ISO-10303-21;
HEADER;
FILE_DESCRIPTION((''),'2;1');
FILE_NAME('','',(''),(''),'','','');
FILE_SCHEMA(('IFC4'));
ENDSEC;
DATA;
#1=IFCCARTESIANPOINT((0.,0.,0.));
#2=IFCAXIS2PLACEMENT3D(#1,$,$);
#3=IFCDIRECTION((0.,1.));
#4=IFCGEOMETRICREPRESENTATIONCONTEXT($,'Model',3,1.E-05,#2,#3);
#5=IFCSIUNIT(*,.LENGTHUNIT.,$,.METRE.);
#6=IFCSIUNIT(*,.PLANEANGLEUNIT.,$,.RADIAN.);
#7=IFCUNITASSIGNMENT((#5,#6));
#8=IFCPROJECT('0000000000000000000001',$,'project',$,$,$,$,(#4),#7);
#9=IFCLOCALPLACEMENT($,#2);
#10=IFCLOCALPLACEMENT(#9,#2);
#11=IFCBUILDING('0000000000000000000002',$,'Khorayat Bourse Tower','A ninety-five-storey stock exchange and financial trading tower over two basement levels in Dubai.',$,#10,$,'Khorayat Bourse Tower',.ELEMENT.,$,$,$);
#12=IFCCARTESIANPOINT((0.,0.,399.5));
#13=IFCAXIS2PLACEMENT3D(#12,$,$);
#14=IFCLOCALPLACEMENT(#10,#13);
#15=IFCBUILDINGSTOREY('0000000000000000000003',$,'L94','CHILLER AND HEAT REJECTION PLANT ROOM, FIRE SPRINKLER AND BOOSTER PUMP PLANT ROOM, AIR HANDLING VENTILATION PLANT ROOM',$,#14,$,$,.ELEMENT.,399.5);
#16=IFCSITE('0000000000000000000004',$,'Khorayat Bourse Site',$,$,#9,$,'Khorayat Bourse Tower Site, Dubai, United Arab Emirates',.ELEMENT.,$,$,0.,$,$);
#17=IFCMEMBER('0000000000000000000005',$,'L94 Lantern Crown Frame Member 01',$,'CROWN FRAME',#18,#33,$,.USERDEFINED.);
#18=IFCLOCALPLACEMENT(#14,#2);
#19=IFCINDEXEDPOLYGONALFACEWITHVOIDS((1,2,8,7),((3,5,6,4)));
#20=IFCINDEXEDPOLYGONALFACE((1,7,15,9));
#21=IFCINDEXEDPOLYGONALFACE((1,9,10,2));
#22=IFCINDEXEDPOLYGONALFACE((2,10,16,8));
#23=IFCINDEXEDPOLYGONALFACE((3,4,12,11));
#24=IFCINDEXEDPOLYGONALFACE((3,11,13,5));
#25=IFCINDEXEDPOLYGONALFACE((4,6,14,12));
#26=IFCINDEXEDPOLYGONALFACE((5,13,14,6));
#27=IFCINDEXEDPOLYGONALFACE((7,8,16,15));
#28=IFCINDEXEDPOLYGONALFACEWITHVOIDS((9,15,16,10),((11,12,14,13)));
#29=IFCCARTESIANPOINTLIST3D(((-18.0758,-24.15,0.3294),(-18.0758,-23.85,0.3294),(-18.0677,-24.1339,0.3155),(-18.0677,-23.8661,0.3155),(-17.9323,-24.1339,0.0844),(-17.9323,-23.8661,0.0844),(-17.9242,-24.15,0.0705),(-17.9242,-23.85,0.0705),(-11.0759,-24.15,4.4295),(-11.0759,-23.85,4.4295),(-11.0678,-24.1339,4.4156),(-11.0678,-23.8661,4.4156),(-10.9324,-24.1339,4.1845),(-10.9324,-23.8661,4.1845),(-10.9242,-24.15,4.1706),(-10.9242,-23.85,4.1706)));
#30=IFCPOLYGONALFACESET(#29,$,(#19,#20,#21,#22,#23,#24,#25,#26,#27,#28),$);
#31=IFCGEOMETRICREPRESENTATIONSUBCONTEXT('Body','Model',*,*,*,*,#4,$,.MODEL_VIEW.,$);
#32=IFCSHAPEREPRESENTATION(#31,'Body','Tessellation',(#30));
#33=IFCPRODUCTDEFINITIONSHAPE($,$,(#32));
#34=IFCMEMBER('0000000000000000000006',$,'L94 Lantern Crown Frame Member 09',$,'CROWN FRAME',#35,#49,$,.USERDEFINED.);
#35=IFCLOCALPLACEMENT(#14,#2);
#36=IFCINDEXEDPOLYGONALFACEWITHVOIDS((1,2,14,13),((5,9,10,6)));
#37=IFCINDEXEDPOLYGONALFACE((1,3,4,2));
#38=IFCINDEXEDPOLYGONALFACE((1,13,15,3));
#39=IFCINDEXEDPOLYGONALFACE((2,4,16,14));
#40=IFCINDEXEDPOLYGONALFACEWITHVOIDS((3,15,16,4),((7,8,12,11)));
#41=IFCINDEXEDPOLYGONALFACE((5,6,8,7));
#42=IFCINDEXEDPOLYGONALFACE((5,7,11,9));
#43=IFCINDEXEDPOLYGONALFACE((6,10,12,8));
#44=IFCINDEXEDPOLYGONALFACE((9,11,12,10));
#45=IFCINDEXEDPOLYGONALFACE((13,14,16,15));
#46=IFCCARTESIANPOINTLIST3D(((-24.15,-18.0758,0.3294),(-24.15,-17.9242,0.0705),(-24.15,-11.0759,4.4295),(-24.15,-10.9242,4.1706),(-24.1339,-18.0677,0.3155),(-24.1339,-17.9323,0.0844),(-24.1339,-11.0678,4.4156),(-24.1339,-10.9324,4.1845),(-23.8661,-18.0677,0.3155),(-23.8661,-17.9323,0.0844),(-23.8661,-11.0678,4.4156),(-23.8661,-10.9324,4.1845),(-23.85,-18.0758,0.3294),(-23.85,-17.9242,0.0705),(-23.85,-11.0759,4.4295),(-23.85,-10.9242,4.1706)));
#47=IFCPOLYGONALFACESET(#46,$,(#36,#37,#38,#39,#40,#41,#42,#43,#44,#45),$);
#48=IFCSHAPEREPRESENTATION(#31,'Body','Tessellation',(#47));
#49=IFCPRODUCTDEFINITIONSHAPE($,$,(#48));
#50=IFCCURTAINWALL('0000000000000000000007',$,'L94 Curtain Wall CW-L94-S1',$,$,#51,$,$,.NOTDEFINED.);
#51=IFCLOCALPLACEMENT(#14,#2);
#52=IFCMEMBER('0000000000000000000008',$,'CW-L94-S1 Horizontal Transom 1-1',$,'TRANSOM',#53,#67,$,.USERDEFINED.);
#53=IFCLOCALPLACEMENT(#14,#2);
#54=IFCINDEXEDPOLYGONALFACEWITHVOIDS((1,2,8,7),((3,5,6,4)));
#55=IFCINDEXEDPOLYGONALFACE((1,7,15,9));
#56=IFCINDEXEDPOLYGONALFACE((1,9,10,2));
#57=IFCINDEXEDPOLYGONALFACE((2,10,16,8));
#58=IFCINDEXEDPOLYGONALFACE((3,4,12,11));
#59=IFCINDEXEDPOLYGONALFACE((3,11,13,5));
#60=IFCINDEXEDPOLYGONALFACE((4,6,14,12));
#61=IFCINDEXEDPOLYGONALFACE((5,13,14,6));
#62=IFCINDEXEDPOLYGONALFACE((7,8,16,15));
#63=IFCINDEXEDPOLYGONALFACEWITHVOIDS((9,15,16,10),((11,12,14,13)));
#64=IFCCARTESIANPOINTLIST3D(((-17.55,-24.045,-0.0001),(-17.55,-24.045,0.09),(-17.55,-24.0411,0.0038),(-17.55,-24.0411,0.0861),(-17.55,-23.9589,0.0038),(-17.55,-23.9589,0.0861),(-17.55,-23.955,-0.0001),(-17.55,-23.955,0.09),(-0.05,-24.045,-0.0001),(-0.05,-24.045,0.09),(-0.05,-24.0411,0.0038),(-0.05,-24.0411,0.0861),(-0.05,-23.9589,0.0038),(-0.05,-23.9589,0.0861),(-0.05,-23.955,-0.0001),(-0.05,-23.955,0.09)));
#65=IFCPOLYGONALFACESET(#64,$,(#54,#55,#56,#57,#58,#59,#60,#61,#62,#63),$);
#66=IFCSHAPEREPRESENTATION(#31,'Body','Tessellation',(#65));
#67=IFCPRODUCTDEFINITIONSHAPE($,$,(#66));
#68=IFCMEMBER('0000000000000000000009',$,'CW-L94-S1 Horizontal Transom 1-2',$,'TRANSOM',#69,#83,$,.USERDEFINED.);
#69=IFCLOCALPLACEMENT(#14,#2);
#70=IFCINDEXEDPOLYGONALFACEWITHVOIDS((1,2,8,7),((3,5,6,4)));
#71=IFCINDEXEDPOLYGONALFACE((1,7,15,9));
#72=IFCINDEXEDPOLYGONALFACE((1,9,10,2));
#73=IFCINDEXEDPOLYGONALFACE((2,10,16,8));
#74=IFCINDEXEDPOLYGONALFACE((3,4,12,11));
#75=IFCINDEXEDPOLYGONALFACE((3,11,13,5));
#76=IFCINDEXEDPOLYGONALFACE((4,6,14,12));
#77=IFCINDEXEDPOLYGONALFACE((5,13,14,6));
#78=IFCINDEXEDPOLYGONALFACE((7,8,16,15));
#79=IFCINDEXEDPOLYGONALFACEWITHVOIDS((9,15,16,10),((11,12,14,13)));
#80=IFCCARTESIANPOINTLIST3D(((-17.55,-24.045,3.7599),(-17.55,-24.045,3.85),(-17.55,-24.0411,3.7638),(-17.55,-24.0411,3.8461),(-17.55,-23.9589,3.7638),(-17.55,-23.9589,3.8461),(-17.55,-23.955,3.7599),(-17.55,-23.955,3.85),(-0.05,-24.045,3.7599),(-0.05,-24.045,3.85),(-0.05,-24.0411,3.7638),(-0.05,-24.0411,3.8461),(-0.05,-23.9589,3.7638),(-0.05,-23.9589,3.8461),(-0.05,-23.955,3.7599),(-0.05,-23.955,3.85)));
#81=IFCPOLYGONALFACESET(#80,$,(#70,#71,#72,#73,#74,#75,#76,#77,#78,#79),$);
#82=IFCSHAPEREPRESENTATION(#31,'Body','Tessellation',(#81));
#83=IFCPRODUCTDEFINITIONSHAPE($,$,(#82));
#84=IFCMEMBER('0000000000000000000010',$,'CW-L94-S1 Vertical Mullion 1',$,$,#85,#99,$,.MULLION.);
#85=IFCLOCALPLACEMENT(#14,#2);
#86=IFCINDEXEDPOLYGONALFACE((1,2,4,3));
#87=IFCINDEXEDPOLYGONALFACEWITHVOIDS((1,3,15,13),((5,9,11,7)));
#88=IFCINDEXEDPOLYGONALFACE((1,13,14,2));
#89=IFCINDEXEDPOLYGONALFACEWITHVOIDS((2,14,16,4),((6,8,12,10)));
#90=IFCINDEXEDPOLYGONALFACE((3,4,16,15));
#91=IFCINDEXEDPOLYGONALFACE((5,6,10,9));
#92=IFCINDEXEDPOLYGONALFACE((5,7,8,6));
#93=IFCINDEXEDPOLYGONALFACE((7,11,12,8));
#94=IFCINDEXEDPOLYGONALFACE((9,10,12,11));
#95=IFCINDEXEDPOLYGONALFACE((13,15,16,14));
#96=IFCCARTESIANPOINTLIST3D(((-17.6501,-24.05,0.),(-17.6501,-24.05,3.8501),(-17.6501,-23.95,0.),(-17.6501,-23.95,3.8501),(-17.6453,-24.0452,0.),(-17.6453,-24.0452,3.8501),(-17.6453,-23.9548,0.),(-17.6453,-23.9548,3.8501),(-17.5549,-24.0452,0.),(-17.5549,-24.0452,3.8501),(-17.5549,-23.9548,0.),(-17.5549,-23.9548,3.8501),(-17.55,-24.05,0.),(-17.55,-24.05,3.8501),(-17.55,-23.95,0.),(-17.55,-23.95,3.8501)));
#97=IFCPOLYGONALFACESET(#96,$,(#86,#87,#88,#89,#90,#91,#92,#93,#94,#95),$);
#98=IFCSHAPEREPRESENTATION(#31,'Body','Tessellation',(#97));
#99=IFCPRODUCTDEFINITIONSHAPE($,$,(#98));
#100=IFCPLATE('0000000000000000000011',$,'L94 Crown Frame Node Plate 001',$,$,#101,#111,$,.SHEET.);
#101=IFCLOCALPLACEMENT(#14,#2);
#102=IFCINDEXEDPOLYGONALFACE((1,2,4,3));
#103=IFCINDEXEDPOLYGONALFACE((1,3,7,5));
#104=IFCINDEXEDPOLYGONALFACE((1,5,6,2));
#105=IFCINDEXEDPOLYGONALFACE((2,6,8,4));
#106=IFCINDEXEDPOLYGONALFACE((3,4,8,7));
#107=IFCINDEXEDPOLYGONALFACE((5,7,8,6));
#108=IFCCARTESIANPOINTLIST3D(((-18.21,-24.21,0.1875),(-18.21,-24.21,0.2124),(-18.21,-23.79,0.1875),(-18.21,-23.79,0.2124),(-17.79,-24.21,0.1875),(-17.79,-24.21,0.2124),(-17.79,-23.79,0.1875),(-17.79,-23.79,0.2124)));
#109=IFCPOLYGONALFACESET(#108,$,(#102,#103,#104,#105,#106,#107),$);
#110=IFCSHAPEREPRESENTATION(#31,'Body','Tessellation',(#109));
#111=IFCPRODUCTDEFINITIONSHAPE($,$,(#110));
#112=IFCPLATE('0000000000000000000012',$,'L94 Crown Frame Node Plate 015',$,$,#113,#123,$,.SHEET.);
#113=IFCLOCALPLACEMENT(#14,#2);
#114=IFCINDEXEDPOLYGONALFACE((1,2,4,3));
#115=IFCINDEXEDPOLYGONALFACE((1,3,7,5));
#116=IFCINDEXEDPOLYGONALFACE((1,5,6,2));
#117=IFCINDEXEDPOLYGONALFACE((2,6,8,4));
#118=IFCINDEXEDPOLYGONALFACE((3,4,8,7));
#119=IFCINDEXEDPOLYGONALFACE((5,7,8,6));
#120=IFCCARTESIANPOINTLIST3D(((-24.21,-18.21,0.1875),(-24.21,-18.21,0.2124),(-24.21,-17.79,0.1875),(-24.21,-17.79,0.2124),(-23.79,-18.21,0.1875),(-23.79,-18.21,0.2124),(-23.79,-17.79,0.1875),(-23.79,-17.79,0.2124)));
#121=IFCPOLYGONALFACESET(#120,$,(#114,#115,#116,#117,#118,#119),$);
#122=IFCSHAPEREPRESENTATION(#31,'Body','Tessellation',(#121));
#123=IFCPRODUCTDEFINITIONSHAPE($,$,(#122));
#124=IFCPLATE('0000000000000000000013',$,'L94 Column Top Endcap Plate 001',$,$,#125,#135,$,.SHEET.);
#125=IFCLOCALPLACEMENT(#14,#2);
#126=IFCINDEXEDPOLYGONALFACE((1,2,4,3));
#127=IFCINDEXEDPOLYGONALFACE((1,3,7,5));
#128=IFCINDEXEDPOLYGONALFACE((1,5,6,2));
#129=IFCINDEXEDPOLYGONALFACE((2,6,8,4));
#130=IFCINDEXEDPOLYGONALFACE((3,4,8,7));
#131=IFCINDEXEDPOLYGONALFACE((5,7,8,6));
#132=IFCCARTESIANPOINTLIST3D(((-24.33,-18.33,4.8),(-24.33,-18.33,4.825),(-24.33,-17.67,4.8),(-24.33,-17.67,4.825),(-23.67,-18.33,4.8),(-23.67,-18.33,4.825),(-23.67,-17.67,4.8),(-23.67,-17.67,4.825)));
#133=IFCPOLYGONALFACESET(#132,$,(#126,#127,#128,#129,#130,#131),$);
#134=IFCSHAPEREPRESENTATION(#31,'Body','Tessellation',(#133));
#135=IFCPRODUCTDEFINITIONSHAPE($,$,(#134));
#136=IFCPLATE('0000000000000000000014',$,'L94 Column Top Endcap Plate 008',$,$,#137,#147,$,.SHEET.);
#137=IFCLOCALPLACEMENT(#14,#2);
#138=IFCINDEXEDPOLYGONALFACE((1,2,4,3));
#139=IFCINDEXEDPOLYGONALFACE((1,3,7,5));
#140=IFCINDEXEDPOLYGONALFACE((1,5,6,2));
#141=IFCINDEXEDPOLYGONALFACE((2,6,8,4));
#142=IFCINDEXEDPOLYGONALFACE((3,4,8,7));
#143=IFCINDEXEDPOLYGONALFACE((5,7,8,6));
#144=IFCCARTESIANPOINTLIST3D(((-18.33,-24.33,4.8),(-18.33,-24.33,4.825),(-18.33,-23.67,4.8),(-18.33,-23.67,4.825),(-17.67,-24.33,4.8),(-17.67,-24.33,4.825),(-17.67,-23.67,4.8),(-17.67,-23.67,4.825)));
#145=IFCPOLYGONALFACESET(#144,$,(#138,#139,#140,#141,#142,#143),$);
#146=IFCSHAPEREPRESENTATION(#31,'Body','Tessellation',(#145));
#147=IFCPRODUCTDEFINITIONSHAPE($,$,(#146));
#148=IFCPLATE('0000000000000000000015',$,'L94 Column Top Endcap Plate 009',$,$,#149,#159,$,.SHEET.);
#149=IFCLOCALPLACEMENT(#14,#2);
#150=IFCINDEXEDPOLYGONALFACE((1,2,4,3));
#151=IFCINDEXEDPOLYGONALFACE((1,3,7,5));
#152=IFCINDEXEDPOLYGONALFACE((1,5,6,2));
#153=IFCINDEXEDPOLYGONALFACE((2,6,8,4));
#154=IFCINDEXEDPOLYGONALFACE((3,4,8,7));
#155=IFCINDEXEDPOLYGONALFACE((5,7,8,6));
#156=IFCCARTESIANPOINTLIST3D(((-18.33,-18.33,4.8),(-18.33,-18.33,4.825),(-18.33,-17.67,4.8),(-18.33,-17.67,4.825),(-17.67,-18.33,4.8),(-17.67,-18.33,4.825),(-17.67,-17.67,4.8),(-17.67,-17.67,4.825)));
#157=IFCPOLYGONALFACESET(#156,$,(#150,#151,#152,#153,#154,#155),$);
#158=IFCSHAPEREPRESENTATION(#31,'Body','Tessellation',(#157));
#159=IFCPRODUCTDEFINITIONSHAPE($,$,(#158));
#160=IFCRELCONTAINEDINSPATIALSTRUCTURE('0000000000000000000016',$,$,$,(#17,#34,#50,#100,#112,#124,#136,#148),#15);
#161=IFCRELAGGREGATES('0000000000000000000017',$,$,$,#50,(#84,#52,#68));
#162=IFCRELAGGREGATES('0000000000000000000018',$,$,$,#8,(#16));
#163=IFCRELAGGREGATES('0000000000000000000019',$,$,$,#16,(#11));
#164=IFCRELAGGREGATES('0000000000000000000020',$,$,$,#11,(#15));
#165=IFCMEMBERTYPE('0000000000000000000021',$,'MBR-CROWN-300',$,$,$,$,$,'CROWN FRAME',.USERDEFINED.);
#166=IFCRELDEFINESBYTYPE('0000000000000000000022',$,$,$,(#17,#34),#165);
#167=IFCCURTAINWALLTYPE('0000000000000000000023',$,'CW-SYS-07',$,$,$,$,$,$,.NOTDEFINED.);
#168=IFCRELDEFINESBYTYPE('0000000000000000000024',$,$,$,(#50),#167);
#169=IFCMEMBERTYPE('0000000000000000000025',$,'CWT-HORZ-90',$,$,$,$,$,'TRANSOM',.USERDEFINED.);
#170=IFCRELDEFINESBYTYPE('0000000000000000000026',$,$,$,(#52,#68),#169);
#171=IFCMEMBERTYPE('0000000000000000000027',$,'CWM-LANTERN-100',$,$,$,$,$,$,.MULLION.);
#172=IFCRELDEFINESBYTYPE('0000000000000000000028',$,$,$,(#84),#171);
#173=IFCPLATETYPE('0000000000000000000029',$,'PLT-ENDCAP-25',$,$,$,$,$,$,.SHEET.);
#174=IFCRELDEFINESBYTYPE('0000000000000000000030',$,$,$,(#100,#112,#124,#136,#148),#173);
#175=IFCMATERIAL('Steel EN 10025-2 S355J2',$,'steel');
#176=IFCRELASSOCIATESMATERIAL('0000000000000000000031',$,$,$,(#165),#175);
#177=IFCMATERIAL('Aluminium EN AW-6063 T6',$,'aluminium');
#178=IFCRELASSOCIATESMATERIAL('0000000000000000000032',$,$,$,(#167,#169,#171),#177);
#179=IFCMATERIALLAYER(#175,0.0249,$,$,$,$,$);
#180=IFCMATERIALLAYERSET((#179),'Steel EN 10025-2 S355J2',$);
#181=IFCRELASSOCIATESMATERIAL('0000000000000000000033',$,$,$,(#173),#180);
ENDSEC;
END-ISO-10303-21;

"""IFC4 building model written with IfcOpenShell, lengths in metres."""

from ifc_helpers import new_model, si_unit, direction, frame, origin, origin_2d, place, context, subcontext, project, spatial, rectangle, hollow_rectangle, extrude, source, transform, mapped, material, layer, layer_set, material_profile, profile_set, type_object, element, aggregate, save


model = new_model("IFC4")

# Units and contexts
model_context = context("Model", 3, precision=1e-05, world=origin(), true_north=direction((0.0, 1.0)))
body_context = subcontext(model_context, "Body", "Model", "MODEL_VIEW")
ifc_project = project(units=[si_unit("LENGTHUNIT", "METRE"), si_unit("PLANEANGLEUNIT", "RADIAN")], contexts=[model_context])

# Site, building, storey
site_placement = place(None, origin())
site = spatial("IfcSite", under=ifc_project, at=site_placement, Name="Khorayat Bourse Site", LongName="Khorayat Bourse Tower Site, Dubai, United Arab Emirates", CompositionType="ELEMENT", RefElevation=0.0)
building_placement = place(site_placement, origin())
building = spatial("IfcBuilding", under=site, at=building_placement, Name="Khorayat Bourse Tower", Description="A ninety-five-storey stock exchange and financial trading tower over two basement levels in Dubai.", LongName="Khorayat Bourse Tower", CompositionType="ELEMENT")
storey_placement = place(building_placement, frame((0.0, 0.0, 399.5)))
storey = spatial("IfcBuildingStorey", under=building, at=storey_placement, Name="L94", Description="CHILLER AND HEAT REJECTION PLANT ROOM, FIRE SPRINKLER AND BOOSTER PUMP PLANT ROOM, AIR HANDLING VENTILATION PLANT ROOM", CompositionType="ELEMENT", Elevation=399.5)

# Shared definitions
ifc_material_1 = material(Name="Steel EN 10025-2 S355J2", Category="steel")

# Members
ifc_material_profile_1 = material_profile(ifc_material_1, hollow_rectangle(XDim=0.3, YDim=0.3, WallThickness=0.0161, at=origin_2d()), Name="HSS 300x300x16")
ifc_profile_set_1 = profile_set([ifc_material_profile_1], Name="Steel EN 10025-2 S355J2")
member_type_1 = type_object("IfcMemberType", Name="MBR-CROWN-300", ElementType="CROWN FRAME", PredefinedType="USERDEFINED", material=ifc_profile_set_1)
shared_shape_1 = source(origin(), body_context, "Body", "SweptSolid", [
    extrude(hollow_rectangle(XDim=0.3, YDim=0.3, WallThickness=0.0161, at=origin_2d()), origin(), (0.0, 0.0, 1.0), 8.1123),
])
for number, where, z_axis, x_axis, name in (
    (1, (-18.0, -24.0, 0.2), (0.862878, 0.0, 0.505412), (0.0, 1.0, 0.0), "L94 Lantern Crown Frame Member 01"),
    (2, (-24.0, -18.0, 0.2), (0.0, 0.862878, 0.505412), (-1.0, 0.0, 0.0), "L94 Lantern Crown Frame Member 09"),
):
    element("IfcMember", number, at=place(storey_placement, frame(where, z_axis=z_axis, x_axis=x_axis)), inside=storey, type_object=member_type_1, Name=name, ObjectType="CROWN FRAME", PredefinedType="USERDEFINED", context=body_context, shape_type="MappedRepresentation", body=[
        mapped(shared_shape_1, transform((0.0, 0.0, 0.0), scale=1.0)),
    ])

# Curtain wall, members
ifc_material_2 = material(Name="Aluminium EN AW-6063 T6", Category="aluminium")
curtain_wall_type = type_object("IfcCurtainWallType", Name="CW-SYS-07", PredefinedType="NOTDEFINED", material=ifc_material_2)
curtain_wall_placement = place(storey_placement, origin())
curtain_wall = element("IfcCurtainWall", 3, at=curtain_wall_placement, inside=storey, type_object=curtain_wall_type, Name="L94 Curtain Wall CW-L94-S1", PredefinedType="NOTDEFINED")
ifc_material_profile_2 = material_profile(ifc_material_2, hollow_rectangle(XDim=0.0901, YDim=0.0901, WallThickness=0.0039, at=origin_2d()), Name="ALU 90x90x4")
ifc_profile_set_2 = profile_set([ifc_material_profile_2], Name="Aluminium EN AW-6063 T6")
member_type_2 = type_object("IfcMemberType", Name="CWT-HORZ-90", ElementType="TRANSOM", PredefinedType="USERDEFINED", material=ifc_profile_set_2)
shared_shape_2 = source(origin(), body_context, "Body", "SweptSolid", [
    extrude(hollow_rectangle(XDim=0.0901, YDim=0.0901, WallThickness=0.0039, at=origin_2d()), origin(), (0.0, 0.0, 1.0), 17.5),
])
member_1_placement = place(storey_placement, frame((-17.55, -24.0, 0.0449), z_axis=(1.0, 0.0, 0.0), x_axis=(0.0, 1.0, 0.0)))
member_1 = element("IfcMember", 4, at=member_1_placement, type_object=member_type_2, Name="CW-L94-S1 Horizontal Transom 1-1", ObjectType="TRANSOM", PredefinedType="USERDEFINED", context=body_context, shape_type="MappedRepresentation", body=[
    mapped(shared_shape_2, transform((0.0, 0.0, 0.0), scale=1.0)),
])
member_2_placement = place(storey_placement, frame((-17.55, -24.0, 3.8049), z_axis=(1.0, 0.0, 0.0), x_axis=(0.0, 1.0, 0.0)))
member_2 = element("IfcMember", 5, at=member_2_placement, type_object=member_type_2, Name="CW-L94-S1 Horizontal Transom 1-2", ObjectType="TRANSOM", PredefinedType="USERDEFINED", context=body_context, shape_type="MappedRepresentation", body=[
    mapped(shared_shape_2, transform((0.0, 0.0, 0.0), scale=1.0)),
])
ifc_material_profile_3 = material_profile(ifc_material_2, hollow_rectangle(XDim=0.1001, YDim=0.1001, WallThickness=0.0049, at=origin_2d()), Name="ALU 100x100x5")
ifc_profile_set_3 = profile_set([ifc_material_profile_3], Name="Aluminium EN AW-6063 T6")
member_type_3 = type_object("IfcMemberType", Name="CWM-LANTERN-100", PredefinedType="MULLION", material=ifc_profile_set_3)
shared_shape_3 = source(origin(), body_context, "Body", "SweptSolid", [
    extrude(hollow_rectangle(XDim=0.1001, YDim=0.1001, WallThickness=0.0049, at=origin_2d()), origin(), (0.0, 0.0, 1.0), 3.8501),
])
member_3_placement = place(storey_placement, frame((-17.6001, -24.0, 0.0), z_axis=(0.0, 0.0, 1.0), x_axis=(0.0, 1.0, 0.0)))
member_3 = element("IfcMember", 6, at=member_3_placement, type_object=member_type_3, Name="CW-L94-S1 Vertical Mullion 1", PredefinedType="MULLION", context=body_context, shape_type="MappedRepresentation", body=[
    mapped(shared_shape_3, transform((0.0, 0.0, 0.0), scale=1.0)),
])
aggregate(curtain_wall, [member_3, member_1, member_2])

# Plates
ifc_layer_1 = layer(ifc_material_1, 0.0249)
ifc_layer_set_1 = layer_set([ifc_layer_1], Name="Steel EN 10025-2 S355J2")
plate_type = type_object("IfcPlateType", Name="PLT-ENDCAP-25", PredefinedType="SHEET", material=ifc_layer_set_1)
shared_shape_4 = source(origin(), body_context, "Body", "SweptSolid", [
    extrude(rectangle(XDim=0.4199, YDim=0.4199, at=origin_2d()), origin(), (0.0, 0.0, 1.0), 0.0249),
])
for number, where, z_axis, x_axis, name in (
    (7, (-18.0, -24.0, 0.1875), (0.0, 0.0, 1.0), (1.0, 0.0, 0.0), "L94 Crown Frame Node Plate 001"),
    (8, (-24.0, -18.0, 0.1875), (0.0, 0.0, 1.0), (1.0, 0.0, 0.0), "L94 Crown Frame Node Plate 015"),
):
    element("IfcPlate", number, at=place(storey_placement, frame(where, z_axis=z_axis, x_axis=x_axis)), inside=storey, type_object=plate_type, Name=name, PredefinedType="SHEET", context=body_context, shape_type="MappedRepresentation", body=[
        mapped(shared_shape_4, transform((0.0, 0.0, 0.0), scale=1.0)),
    ])
shared_shape_5 = source(origin(), body_context, "Body", "SweptSolid", [
    extrude(rectangle(XDim=0.6599, YDim=0.6599, at=origin_2d()), origin(), (0.0, 0.0, 1.0), 0.0249),
])
for number, where, z_axis, x_axis, name in (
    (9, (-24.0, -18.0, 4.8), (0.0, 0.0, 1.0), (1.0, 0.0, 0.0), "L94 Column Top Endcap Plate 001"),
    (10, (-18.0, -24.0, 4.8), (0.0, 0.0, 1.0), (1.0, 0.0, 0.0), "L94 Column Top Endcap Plate 008"),
    (11, (-18.0, -18.0, 4.8), (0.0, 0.0, 1.0), (1.0, 0.0, 0.0), "L94 Column Top Endcap Plate 009"),
):
    element("IfcPlate", number, at=place(storey_placement, frame(where, z_axis=z_axis, x_axis=x_axis)), inside=storey, type_object=plate_type, Name=name, PredefinedType="SHEET", context=body_context, shape_type="MappedRepresentation", body=[
        mapped(shared_shape_5, transform((0.0, 0.0, 0.0), scale=1.0)),
    ])

save(model, "model.ifc")
